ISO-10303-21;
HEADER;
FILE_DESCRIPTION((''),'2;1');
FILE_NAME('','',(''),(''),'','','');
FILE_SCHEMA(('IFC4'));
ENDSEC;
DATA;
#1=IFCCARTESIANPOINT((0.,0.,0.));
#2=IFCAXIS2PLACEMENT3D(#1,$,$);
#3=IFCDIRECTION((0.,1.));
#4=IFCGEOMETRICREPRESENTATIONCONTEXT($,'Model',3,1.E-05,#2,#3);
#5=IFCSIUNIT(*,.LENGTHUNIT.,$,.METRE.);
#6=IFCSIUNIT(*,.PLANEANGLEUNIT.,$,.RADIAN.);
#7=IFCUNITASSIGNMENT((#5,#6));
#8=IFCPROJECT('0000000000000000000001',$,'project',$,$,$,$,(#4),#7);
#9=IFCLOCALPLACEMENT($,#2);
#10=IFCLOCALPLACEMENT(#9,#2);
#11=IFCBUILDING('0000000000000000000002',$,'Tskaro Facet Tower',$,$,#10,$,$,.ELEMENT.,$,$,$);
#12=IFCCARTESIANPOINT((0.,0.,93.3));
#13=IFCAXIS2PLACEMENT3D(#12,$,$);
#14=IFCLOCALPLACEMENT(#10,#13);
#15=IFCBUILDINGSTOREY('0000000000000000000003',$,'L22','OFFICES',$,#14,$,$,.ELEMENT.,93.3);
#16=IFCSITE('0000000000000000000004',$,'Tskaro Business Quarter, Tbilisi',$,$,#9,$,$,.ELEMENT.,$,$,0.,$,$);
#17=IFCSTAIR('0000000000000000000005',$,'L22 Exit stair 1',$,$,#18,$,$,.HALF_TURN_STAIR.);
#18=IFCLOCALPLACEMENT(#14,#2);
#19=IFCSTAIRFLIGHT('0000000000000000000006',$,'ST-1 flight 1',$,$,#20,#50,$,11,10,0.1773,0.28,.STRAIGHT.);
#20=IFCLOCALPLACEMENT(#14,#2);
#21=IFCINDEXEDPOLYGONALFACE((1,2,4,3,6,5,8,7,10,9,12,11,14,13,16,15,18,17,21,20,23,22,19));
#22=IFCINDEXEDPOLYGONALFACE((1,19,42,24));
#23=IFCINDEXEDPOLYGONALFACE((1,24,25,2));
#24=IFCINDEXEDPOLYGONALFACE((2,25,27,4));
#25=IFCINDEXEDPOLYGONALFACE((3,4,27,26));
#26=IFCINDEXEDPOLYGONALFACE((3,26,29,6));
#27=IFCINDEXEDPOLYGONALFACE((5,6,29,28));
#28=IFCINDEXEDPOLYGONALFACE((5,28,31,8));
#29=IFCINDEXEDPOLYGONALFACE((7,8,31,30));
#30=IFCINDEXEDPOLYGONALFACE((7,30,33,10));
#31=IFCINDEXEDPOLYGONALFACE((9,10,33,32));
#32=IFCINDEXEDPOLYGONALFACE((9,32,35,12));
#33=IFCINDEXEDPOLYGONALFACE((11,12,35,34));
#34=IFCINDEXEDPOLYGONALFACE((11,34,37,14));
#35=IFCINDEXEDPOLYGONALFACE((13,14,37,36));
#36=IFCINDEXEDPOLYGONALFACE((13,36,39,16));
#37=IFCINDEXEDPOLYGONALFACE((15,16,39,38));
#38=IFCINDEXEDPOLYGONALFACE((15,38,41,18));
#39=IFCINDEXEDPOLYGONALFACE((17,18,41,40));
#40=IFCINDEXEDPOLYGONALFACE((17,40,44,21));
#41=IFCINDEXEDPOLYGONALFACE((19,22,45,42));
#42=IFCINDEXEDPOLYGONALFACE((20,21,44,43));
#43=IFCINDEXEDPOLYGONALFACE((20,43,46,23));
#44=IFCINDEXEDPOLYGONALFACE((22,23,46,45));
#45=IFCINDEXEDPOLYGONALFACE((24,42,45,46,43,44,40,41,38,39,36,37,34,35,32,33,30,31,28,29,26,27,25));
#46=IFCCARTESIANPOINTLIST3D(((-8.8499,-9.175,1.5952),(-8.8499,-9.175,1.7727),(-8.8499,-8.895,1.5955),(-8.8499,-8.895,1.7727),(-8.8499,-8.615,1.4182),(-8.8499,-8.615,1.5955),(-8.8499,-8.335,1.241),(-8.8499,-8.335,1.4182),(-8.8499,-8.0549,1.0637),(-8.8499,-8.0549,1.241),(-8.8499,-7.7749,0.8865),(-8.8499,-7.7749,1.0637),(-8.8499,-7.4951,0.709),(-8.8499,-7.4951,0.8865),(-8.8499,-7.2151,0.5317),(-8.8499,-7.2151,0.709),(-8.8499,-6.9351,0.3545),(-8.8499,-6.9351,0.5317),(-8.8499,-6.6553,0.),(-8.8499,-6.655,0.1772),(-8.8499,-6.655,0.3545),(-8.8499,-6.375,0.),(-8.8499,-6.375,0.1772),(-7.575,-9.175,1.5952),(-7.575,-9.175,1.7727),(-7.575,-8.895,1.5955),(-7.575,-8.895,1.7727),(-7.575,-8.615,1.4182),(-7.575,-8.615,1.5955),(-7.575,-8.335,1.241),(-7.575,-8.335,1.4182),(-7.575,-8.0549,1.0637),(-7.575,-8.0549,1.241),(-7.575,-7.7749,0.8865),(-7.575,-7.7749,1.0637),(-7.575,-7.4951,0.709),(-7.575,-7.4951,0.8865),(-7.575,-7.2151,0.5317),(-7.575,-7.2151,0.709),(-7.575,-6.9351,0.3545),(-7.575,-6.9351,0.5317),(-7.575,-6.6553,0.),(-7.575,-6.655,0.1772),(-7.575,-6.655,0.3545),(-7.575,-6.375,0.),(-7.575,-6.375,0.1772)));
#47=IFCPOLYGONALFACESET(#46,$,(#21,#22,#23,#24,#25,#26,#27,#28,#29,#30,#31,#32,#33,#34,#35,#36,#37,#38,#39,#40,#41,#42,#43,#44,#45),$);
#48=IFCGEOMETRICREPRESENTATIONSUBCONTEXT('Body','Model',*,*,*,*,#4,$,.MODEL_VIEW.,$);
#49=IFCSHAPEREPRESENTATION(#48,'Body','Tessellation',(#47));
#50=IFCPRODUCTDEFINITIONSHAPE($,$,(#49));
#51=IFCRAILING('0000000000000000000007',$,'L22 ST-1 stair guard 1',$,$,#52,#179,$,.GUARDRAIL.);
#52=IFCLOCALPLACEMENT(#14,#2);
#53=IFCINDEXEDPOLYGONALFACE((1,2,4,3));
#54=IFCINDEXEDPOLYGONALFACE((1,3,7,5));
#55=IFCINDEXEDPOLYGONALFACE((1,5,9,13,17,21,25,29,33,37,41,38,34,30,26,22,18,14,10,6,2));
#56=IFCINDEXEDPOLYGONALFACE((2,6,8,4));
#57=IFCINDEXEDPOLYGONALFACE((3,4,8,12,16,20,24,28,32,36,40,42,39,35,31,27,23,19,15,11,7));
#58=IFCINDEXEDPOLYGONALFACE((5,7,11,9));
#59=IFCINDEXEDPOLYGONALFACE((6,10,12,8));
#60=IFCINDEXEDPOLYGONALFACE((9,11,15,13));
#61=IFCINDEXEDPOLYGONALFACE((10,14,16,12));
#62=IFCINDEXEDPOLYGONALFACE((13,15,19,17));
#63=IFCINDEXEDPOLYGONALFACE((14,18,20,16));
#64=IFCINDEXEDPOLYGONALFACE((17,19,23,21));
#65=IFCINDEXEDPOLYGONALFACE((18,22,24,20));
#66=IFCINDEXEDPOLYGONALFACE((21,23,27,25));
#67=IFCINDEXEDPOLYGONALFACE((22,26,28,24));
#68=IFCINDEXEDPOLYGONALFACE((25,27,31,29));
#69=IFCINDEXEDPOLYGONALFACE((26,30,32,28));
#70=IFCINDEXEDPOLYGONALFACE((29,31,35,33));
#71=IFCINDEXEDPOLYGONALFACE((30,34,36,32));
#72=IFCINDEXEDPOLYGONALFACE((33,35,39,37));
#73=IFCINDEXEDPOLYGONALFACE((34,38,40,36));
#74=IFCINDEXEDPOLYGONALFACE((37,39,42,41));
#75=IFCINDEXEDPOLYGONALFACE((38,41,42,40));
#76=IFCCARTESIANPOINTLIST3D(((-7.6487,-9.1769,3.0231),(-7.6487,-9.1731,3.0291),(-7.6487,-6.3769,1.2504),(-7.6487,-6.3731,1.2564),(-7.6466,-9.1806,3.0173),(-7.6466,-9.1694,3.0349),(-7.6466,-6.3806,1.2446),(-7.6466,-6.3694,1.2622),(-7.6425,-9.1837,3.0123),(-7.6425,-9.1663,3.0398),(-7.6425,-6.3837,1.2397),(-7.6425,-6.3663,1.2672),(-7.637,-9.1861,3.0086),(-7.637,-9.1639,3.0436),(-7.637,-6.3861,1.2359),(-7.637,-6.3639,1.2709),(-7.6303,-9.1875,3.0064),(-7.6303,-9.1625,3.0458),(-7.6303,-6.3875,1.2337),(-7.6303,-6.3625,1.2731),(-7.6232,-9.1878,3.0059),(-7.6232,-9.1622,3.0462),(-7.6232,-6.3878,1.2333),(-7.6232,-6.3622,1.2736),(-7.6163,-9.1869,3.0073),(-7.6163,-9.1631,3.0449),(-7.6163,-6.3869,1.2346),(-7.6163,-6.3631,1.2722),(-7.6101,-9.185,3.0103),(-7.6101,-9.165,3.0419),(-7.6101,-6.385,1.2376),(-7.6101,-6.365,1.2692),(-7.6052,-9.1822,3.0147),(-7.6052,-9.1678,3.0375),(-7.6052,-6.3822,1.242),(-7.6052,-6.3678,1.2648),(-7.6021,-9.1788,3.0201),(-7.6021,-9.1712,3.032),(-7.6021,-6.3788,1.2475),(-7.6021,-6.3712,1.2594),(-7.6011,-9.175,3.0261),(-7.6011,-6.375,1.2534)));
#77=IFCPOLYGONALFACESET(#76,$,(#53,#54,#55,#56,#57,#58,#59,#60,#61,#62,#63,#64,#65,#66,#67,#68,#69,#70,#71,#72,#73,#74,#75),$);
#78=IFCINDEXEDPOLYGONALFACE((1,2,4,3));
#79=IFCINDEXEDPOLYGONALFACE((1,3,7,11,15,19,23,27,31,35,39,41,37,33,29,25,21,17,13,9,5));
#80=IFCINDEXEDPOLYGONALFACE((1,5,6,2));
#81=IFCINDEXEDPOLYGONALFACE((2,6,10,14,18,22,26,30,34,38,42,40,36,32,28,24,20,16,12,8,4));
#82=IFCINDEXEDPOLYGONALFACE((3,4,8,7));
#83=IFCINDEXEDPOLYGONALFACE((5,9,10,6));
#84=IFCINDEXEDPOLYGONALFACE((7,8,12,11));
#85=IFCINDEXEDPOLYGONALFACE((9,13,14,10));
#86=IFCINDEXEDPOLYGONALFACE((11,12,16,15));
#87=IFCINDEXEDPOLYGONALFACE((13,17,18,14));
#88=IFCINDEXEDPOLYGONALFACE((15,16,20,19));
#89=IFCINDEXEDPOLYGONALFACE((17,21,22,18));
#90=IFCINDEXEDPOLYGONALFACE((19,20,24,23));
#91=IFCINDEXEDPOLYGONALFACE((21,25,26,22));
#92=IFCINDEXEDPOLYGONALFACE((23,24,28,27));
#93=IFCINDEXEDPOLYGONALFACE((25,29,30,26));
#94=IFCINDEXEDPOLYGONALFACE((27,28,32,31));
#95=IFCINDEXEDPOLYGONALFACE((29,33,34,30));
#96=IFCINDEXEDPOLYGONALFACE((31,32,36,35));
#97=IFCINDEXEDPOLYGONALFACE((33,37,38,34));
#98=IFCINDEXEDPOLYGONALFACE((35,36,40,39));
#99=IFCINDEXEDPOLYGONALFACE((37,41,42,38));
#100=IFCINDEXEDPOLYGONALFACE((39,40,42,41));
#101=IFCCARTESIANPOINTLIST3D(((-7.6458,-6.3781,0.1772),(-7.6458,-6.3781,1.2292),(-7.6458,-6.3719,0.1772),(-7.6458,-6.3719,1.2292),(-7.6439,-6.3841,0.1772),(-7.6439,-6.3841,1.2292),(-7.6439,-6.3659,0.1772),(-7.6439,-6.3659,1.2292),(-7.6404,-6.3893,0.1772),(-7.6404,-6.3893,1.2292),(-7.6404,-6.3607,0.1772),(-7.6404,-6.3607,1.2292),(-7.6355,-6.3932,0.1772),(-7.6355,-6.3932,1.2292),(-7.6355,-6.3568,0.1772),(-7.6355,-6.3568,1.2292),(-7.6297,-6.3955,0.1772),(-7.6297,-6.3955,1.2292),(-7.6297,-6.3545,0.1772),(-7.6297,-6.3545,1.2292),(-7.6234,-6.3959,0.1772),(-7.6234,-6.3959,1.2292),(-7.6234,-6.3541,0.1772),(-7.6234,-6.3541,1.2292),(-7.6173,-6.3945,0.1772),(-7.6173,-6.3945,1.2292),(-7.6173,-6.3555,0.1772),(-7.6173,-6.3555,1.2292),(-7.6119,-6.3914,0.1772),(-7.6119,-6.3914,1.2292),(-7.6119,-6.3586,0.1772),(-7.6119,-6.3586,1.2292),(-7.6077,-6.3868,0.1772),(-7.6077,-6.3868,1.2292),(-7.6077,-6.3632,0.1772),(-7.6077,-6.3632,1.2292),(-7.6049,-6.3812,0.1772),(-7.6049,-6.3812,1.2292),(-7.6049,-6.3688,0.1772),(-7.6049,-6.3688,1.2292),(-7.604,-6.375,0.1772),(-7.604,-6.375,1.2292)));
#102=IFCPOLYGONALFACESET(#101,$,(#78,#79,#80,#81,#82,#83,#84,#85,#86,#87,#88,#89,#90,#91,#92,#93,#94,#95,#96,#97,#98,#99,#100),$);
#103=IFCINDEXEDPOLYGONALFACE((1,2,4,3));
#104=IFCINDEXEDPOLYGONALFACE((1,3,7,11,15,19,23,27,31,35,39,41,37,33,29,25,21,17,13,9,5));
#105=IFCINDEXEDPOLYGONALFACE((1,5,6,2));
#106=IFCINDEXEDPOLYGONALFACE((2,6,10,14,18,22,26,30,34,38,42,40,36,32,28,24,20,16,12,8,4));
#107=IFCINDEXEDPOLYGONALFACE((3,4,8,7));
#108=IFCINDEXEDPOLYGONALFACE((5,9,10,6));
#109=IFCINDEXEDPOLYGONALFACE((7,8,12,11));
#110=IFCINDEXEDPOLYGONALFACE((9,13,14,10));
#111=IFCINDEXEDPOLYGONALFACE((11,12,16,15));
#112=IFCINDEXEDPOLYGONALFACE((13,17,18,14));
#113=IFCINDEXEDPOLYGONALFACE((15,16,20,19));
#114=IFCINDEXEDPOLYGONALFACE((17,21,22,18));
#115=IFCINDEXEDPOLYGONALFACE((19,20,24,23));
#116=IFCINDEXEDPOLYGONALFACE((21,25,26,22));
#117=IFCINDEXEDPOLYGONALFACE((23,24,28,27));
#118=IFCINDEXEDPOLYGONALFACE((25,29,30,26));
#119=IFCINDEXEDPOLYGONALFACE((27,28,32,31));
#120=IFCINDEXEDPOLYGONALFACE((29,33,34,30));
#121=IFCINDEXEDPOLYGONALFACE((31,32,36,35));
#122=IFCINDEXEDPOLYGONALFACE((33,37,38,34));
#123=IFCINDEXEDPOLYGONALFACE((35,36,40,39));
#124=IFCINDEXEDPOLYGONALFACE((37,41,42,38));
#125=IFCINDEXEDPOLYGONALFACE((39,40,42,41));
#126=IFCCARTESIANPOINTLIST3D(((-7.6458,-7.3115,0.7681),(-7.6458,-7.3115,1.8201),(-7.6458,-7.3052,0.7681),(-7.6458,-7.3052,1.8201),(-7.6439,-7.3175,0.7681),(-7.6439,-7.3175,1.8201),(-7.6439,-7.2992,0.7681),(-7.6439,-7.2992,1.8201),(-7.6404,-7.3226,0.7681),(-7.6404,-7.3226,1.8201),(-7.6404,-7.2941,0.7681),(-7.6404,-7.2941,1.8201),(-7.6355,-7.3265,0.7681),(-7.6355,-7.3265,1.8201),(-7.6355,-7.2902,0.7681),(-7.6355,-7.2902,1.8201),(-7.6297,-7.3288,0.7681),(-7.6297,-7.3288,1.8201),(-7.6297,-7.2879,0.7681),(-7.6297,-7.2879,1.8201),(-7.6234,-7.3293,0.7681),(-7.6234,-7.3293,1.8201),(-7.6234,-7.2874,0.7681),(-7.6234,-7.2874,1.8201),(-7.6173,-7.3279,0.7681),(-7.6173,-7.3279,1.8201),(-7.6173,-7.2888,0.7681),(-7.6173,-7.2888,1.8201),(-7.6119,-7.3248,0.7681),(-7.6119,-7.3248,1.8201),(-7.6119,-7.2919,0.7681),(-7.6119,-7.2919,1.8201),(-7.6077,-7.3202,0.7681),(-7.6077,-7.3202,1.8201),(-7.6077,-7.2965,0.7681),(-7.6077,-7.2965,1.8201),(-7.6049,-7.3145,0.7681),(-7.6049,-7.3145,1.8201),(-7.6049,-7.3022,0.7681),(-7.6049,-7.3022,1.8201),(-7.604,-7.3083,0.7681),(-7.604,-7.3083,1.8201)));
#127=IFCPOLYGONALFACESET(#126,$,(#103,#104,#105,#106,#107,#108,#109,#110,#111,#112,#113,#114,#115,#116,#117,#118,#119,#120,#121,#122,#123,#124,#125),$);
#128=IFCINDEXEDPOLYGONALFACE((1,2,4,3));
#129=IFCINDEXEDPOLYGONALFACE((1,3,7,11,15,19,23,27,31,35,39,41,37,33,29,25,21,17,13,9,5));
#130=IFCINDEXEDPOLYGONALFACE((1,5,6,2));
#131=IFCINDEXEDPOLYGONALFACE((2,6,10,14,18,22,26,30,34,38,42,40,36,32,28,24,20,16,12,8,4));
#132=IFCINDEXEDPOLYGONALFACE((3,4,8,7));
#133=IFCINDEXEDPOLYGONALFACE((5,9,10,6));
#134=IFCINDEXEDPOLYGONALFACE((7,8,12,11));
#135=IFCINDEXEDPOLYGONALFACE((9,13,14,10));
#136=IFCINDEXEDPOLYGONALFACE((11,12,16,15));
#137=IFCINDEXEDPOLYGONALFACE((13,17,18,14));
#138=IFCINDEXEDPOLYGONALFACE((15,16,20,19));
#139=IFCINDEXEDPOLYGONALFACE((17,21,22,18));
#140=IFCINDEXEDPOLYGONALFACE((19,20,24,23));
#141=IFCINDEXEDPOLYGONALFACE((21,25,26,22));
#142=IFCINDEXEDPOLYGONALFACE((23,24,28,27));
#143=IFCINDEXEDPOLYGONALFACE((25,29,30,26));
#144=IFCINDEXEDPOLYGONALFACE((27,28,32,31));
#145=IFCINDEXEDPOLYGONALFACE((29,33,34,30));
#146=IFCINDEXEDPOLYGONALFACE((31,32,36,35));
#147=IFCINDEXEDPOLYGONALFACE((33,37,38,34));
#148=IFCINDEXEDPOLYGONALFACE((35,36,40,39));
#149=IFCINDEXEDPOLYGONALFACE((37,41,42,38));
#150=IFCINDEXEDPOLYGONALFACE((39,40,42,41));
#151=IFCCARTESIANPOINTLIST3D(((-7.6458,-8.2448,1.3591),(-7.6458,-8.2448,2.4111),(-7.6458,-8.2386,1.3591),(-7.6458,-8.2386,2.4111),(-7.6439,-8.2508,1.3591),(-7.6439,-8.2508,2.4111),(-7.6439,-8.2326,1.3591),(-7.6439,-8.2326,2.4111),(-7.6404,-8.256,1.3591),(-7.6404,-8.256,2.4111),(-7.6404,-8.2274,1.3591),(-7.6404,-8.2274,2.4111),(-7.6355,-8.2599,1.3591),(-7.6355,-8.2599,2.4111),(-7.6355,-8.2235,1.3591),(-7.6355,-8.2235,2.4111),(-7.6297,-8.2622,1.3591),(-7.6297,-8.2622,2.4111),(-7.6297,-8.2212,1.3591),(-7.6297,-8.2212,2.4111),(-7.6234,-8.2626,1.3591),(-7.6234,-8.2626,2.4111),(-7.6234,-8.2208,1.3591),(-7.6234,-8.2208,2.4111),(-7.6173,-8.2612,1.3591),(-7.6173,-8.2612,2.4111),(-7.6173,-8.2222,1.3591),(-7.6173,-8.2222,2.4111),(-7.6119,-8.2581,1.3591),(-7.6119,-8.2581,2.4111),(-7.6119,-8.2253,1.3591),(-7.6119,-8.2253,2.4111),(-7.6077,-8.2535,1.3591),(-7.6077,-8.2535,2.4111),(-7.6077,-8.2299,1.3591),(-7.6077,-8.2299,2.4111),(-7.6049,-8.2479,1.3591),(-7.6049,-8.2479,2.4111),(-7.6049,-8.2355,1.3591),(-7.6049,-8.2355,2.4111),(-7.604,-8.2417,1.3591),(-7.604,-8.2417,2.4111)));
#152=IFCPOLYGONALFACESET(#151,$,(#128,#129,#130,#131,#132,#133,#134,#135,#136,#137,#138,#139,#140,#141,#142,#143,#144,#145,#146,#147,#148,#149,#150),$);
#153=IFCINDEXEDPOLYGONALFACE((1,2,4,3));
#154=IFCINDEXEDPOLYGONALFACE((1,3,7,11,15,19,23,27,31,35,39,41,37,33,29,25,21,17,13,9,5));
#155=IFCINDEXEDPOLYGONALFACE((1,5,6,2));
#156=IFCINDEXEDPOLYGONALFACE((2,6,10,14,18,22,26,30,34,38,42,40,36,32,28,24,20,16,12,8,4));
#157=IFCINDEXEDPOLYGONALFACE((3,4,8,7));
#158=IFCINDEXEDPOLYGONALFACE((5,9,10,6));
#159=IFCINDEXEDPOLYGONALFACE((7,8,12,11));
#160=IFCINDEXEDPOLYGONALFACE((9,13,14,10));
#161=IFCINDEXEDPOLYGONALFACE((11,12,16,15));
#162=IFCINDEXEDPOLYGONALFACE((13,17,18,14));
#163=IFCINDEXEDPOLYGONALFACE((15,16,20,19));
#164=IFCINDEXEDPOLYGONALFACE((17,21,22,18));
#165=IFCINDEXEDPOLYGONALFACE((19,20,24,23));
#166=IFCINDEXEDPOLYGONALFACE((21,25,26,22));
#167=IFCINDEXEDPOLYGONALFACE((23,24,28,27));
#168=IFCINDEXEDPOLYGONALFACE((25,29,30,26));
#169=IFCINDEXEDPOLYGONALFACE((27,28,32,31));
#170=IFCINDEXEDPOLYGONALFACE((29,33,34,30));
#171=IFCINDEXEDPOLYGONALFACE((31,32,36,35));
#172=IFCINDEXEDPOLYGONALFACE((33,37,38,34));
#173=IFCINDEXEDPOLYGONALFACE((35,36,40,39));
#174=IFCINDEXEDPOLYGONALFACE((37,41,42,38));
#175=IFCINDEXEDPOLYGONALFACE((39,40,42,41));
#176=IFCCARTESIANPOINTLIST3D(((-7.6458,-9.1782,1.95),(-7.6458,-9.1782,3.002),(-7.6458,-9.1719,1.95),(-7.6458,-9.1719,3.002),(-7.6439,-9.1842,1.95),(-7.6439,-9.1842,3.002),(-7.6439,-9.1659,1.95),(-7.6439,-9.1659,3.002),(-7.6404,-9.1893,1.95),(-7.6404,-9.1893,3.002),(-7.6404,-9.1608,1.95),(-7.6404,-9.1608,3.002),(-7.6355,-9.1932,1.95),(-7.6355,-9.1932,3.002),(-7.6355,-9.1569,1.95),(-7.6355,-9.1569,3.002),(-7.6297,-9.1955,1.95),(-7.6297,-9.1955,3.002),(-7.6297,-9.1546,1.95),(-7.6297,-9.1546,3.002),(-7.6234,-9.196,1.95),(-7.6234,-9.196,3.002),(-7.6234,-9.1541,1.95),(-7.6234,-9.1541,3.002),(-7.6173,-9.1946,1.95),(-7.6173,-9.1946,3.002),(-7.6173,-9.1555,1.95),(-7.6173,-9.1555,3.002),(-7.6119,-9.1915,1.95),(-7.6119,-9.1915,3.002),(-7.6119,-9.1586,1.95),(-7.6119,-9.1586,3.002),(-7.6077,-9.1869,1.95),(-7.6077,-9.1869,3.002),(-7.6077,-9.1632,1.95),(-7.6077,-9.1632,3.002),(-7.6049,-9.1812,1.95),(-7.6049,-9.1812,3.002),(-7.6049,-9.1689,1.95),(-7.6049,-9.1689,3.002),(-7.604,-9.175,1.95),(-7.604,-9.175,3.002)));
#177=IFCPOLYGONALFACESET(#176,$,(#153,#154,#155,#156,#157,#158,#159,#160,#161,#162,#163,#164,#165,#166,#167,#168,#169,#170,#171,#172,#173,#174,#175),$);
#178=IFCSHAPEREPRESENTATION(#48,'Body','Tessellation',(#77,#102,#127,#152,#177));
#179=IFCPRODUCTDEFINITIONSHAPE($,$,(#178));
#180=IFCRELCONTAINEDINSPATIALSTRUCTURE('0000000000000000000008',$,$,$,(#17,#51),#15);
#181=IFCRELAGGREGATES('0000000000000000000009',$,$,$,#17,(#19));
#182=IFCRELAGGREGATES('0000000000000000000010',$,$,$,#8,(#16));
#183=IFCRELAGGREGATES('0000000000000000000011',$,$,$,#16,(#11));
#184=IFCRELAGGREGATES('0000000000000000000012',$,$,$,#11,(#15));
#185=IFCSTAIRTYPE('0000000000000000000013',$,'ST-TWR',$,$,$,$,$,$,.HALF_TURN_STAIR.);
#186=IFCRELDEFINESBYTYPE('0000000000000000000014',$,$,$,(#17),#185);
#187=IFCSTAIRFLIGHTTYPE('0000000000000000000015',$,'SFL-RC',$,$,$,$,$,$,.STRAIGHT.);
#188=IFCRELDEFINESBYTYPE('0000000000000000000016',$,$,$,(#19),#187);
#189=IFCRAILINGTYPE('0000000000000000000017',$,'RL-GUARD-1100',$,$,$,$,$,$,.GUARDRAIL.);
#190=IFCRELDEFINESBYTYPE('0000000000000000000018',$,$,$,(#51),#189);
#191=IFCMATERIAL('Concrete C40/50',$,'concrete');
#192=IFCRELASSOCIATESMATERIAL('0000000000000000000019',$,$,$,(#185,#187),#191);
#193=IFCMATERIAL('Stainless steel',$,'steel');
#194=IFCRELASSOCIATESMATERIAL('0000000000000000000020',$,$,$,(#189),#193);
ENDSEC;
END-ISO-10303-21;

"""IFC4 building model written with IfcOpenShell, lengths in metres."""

from ifc_helpers import new_model, si_unit, direction, frame, origin, origin_2d, place, context, subcontext, project, spatial, polyline, circle, outline, extrude, material, type_object, element, aggregate, save


model = new_model("IFC4")

# Units and contexts
model_context = context("Model", 3, precision=1e-05, world=origin(), true_north=direction((0.0, 1.0)))
body_context = subcontext(model_context, "Body", "Model", "MODEL_VIEW")
ifc_project = project(units=[si_unit("LENGTHUNIT", "METRE"), si_unit("PLANEANGLEUNIT", "RADIAN")], contexts=[model_context])

# Site, building, storey
site_placement = place(None, origin())
site = spatial("IfcSite", under=ifc_project, at=site_placement, Name="Tskaro Business Quarter, Tbilisi", CompositionType="ELEMENT", RefElevation=0.0)
building_placement = place(site_placement, origin())
building = spatial("IfcBuilding", under=site, at=building_placement, Name="Tskaro Facet Tower", CompositionType="ELEMENT")
storey_placement = place(building_placement, frame((0.0, 0.0, 93.3)))
storey = spatial("IfcBuildingStorey", under=building, at=storey_placement, Name="L22", Description="OFFICES", CompositionType="ELEMENT", Elevation=93.3)

# Shared definitions
ifc_material_1 = material(Name="Stainless steel", Category="steel")

# Stair, stair flight
ifc_material_2 = material(Name="Concrete C40/50", Category="concrete")
stair_type = type_object("IfcStairType", Name="ST-TWR", PredefinedType="HALF_TURN_STAIR", material=ifc_material_2)
stair_placement = place(storey_placement, origin())
stair = element("IfcStair", 1, at=stair_placement, inside=storey, type_object=stair_type, Name="L22 Exit stair 1", PredefinedType="HALF_TURN_STAIR")
stair_flight_type = type_object("IfcStairFlightType", Name="SFL-RC", PredefinedType="STRAIGHT", material=ifc_material_2)
stair_flight_placement = place(storey_placement, frame((-8.2124, -6.375, 0.0), z_axis=(0.0, 0.0, 1.0), x_axis=(0.0, -1.0, 0.0)))
stair_flight = element("IfcStairFlight", 2, at=stair_flight_placement, type_object=stair_flight_type, Name="ST-1 flight 1", NumberOfRisers=11, NumberOfTreads=10, PredefinedType="STRAIGHT", RiserHeight=0.1773, TreadLength=0.28, context=body_context, shape_type="SweptSolid", body=[
    extrude(outline(polyline([(0.0, 0.0), (0.0, 0.1772), (0.28, 0.1772), (0.28, 0.3545), (0.5601, 0.3545), (0.5601, 0.5317), (0.8401, 0.5317), (0.8401, 0.709), (1.1201, 0.709), (1.1201, 0.8865), (1.3999, 0.8865), (1.3999, 1.0637), (1.6799, 1.0637), (1.6799, 1.241), (1.96, 1.241), (1.96, 1.4182), (2.24, 1.4182), (2.24, 1.5955), (2.52, 1.5955), (2.52, 1.7727), (2.8, 1.7727), (2.8, 1.95), (2.8, 1.5952), (0.2803, 0.0), (0.0, 0.0)])), frame((0.0, 0.6375, 0.0), z_axis=(0.0, -1.0, 0.0), x_axis=(1.0, 0.0, 0.0)), (0.0, 0.0, 1.0), 1.2749),
])
aggregate(stair, [stair_flight])

# Railing
railing_type_1 = type_object("IfcRailingType", Name="RL-GUARD-1100", PredefinedType="GUARDRAIL", material=ifc_material_1)
railing_1_placement = place(storey_placement, frame((-7.625, -6.375, 0.1772)))
element("IfcRailing", 3, at=railing_1_placement, inside=storey, type_object=railing_type_1, Name="L22 ST-1 stair guard 1", PredefinedType="GUARDRAIL", context=body_context, shape_type="SweptSolid", body=[
    extrude(circle(Radius=0.0239, at=origin_2d()), frame((0.0, 0.0, 1.0762), z_axis=(0.0, -0.844909, 0.53491), x_axis=(1.0, 0.0, 0.0)), (0.0, 0.0, 1.0), 3.314),
    extrude(circle(Radius=0.021, at=origin_2d()), origin(), (0.0, 0.0, 1.0), 1.052),
    extrude(circle(Radius=0.021, at=origin_2d()), frame((0.0, -0.9333, 0.5908)), (0.0, 0.0, 1.0), 1.052),
    extrude(circle(Radius=0.021, at=origin_2d()), frame((0.0, -1.8667, 1.1819)), (0.0, 0.0, 1.0), 1.052),
    extrude(circle(Radius=0.021, at=origin_2d()), frame((0.0, -2.8, 1.7727)), (0.0, 0.0, 1.0), 1.052),
])

save(model, "model.ifc")
